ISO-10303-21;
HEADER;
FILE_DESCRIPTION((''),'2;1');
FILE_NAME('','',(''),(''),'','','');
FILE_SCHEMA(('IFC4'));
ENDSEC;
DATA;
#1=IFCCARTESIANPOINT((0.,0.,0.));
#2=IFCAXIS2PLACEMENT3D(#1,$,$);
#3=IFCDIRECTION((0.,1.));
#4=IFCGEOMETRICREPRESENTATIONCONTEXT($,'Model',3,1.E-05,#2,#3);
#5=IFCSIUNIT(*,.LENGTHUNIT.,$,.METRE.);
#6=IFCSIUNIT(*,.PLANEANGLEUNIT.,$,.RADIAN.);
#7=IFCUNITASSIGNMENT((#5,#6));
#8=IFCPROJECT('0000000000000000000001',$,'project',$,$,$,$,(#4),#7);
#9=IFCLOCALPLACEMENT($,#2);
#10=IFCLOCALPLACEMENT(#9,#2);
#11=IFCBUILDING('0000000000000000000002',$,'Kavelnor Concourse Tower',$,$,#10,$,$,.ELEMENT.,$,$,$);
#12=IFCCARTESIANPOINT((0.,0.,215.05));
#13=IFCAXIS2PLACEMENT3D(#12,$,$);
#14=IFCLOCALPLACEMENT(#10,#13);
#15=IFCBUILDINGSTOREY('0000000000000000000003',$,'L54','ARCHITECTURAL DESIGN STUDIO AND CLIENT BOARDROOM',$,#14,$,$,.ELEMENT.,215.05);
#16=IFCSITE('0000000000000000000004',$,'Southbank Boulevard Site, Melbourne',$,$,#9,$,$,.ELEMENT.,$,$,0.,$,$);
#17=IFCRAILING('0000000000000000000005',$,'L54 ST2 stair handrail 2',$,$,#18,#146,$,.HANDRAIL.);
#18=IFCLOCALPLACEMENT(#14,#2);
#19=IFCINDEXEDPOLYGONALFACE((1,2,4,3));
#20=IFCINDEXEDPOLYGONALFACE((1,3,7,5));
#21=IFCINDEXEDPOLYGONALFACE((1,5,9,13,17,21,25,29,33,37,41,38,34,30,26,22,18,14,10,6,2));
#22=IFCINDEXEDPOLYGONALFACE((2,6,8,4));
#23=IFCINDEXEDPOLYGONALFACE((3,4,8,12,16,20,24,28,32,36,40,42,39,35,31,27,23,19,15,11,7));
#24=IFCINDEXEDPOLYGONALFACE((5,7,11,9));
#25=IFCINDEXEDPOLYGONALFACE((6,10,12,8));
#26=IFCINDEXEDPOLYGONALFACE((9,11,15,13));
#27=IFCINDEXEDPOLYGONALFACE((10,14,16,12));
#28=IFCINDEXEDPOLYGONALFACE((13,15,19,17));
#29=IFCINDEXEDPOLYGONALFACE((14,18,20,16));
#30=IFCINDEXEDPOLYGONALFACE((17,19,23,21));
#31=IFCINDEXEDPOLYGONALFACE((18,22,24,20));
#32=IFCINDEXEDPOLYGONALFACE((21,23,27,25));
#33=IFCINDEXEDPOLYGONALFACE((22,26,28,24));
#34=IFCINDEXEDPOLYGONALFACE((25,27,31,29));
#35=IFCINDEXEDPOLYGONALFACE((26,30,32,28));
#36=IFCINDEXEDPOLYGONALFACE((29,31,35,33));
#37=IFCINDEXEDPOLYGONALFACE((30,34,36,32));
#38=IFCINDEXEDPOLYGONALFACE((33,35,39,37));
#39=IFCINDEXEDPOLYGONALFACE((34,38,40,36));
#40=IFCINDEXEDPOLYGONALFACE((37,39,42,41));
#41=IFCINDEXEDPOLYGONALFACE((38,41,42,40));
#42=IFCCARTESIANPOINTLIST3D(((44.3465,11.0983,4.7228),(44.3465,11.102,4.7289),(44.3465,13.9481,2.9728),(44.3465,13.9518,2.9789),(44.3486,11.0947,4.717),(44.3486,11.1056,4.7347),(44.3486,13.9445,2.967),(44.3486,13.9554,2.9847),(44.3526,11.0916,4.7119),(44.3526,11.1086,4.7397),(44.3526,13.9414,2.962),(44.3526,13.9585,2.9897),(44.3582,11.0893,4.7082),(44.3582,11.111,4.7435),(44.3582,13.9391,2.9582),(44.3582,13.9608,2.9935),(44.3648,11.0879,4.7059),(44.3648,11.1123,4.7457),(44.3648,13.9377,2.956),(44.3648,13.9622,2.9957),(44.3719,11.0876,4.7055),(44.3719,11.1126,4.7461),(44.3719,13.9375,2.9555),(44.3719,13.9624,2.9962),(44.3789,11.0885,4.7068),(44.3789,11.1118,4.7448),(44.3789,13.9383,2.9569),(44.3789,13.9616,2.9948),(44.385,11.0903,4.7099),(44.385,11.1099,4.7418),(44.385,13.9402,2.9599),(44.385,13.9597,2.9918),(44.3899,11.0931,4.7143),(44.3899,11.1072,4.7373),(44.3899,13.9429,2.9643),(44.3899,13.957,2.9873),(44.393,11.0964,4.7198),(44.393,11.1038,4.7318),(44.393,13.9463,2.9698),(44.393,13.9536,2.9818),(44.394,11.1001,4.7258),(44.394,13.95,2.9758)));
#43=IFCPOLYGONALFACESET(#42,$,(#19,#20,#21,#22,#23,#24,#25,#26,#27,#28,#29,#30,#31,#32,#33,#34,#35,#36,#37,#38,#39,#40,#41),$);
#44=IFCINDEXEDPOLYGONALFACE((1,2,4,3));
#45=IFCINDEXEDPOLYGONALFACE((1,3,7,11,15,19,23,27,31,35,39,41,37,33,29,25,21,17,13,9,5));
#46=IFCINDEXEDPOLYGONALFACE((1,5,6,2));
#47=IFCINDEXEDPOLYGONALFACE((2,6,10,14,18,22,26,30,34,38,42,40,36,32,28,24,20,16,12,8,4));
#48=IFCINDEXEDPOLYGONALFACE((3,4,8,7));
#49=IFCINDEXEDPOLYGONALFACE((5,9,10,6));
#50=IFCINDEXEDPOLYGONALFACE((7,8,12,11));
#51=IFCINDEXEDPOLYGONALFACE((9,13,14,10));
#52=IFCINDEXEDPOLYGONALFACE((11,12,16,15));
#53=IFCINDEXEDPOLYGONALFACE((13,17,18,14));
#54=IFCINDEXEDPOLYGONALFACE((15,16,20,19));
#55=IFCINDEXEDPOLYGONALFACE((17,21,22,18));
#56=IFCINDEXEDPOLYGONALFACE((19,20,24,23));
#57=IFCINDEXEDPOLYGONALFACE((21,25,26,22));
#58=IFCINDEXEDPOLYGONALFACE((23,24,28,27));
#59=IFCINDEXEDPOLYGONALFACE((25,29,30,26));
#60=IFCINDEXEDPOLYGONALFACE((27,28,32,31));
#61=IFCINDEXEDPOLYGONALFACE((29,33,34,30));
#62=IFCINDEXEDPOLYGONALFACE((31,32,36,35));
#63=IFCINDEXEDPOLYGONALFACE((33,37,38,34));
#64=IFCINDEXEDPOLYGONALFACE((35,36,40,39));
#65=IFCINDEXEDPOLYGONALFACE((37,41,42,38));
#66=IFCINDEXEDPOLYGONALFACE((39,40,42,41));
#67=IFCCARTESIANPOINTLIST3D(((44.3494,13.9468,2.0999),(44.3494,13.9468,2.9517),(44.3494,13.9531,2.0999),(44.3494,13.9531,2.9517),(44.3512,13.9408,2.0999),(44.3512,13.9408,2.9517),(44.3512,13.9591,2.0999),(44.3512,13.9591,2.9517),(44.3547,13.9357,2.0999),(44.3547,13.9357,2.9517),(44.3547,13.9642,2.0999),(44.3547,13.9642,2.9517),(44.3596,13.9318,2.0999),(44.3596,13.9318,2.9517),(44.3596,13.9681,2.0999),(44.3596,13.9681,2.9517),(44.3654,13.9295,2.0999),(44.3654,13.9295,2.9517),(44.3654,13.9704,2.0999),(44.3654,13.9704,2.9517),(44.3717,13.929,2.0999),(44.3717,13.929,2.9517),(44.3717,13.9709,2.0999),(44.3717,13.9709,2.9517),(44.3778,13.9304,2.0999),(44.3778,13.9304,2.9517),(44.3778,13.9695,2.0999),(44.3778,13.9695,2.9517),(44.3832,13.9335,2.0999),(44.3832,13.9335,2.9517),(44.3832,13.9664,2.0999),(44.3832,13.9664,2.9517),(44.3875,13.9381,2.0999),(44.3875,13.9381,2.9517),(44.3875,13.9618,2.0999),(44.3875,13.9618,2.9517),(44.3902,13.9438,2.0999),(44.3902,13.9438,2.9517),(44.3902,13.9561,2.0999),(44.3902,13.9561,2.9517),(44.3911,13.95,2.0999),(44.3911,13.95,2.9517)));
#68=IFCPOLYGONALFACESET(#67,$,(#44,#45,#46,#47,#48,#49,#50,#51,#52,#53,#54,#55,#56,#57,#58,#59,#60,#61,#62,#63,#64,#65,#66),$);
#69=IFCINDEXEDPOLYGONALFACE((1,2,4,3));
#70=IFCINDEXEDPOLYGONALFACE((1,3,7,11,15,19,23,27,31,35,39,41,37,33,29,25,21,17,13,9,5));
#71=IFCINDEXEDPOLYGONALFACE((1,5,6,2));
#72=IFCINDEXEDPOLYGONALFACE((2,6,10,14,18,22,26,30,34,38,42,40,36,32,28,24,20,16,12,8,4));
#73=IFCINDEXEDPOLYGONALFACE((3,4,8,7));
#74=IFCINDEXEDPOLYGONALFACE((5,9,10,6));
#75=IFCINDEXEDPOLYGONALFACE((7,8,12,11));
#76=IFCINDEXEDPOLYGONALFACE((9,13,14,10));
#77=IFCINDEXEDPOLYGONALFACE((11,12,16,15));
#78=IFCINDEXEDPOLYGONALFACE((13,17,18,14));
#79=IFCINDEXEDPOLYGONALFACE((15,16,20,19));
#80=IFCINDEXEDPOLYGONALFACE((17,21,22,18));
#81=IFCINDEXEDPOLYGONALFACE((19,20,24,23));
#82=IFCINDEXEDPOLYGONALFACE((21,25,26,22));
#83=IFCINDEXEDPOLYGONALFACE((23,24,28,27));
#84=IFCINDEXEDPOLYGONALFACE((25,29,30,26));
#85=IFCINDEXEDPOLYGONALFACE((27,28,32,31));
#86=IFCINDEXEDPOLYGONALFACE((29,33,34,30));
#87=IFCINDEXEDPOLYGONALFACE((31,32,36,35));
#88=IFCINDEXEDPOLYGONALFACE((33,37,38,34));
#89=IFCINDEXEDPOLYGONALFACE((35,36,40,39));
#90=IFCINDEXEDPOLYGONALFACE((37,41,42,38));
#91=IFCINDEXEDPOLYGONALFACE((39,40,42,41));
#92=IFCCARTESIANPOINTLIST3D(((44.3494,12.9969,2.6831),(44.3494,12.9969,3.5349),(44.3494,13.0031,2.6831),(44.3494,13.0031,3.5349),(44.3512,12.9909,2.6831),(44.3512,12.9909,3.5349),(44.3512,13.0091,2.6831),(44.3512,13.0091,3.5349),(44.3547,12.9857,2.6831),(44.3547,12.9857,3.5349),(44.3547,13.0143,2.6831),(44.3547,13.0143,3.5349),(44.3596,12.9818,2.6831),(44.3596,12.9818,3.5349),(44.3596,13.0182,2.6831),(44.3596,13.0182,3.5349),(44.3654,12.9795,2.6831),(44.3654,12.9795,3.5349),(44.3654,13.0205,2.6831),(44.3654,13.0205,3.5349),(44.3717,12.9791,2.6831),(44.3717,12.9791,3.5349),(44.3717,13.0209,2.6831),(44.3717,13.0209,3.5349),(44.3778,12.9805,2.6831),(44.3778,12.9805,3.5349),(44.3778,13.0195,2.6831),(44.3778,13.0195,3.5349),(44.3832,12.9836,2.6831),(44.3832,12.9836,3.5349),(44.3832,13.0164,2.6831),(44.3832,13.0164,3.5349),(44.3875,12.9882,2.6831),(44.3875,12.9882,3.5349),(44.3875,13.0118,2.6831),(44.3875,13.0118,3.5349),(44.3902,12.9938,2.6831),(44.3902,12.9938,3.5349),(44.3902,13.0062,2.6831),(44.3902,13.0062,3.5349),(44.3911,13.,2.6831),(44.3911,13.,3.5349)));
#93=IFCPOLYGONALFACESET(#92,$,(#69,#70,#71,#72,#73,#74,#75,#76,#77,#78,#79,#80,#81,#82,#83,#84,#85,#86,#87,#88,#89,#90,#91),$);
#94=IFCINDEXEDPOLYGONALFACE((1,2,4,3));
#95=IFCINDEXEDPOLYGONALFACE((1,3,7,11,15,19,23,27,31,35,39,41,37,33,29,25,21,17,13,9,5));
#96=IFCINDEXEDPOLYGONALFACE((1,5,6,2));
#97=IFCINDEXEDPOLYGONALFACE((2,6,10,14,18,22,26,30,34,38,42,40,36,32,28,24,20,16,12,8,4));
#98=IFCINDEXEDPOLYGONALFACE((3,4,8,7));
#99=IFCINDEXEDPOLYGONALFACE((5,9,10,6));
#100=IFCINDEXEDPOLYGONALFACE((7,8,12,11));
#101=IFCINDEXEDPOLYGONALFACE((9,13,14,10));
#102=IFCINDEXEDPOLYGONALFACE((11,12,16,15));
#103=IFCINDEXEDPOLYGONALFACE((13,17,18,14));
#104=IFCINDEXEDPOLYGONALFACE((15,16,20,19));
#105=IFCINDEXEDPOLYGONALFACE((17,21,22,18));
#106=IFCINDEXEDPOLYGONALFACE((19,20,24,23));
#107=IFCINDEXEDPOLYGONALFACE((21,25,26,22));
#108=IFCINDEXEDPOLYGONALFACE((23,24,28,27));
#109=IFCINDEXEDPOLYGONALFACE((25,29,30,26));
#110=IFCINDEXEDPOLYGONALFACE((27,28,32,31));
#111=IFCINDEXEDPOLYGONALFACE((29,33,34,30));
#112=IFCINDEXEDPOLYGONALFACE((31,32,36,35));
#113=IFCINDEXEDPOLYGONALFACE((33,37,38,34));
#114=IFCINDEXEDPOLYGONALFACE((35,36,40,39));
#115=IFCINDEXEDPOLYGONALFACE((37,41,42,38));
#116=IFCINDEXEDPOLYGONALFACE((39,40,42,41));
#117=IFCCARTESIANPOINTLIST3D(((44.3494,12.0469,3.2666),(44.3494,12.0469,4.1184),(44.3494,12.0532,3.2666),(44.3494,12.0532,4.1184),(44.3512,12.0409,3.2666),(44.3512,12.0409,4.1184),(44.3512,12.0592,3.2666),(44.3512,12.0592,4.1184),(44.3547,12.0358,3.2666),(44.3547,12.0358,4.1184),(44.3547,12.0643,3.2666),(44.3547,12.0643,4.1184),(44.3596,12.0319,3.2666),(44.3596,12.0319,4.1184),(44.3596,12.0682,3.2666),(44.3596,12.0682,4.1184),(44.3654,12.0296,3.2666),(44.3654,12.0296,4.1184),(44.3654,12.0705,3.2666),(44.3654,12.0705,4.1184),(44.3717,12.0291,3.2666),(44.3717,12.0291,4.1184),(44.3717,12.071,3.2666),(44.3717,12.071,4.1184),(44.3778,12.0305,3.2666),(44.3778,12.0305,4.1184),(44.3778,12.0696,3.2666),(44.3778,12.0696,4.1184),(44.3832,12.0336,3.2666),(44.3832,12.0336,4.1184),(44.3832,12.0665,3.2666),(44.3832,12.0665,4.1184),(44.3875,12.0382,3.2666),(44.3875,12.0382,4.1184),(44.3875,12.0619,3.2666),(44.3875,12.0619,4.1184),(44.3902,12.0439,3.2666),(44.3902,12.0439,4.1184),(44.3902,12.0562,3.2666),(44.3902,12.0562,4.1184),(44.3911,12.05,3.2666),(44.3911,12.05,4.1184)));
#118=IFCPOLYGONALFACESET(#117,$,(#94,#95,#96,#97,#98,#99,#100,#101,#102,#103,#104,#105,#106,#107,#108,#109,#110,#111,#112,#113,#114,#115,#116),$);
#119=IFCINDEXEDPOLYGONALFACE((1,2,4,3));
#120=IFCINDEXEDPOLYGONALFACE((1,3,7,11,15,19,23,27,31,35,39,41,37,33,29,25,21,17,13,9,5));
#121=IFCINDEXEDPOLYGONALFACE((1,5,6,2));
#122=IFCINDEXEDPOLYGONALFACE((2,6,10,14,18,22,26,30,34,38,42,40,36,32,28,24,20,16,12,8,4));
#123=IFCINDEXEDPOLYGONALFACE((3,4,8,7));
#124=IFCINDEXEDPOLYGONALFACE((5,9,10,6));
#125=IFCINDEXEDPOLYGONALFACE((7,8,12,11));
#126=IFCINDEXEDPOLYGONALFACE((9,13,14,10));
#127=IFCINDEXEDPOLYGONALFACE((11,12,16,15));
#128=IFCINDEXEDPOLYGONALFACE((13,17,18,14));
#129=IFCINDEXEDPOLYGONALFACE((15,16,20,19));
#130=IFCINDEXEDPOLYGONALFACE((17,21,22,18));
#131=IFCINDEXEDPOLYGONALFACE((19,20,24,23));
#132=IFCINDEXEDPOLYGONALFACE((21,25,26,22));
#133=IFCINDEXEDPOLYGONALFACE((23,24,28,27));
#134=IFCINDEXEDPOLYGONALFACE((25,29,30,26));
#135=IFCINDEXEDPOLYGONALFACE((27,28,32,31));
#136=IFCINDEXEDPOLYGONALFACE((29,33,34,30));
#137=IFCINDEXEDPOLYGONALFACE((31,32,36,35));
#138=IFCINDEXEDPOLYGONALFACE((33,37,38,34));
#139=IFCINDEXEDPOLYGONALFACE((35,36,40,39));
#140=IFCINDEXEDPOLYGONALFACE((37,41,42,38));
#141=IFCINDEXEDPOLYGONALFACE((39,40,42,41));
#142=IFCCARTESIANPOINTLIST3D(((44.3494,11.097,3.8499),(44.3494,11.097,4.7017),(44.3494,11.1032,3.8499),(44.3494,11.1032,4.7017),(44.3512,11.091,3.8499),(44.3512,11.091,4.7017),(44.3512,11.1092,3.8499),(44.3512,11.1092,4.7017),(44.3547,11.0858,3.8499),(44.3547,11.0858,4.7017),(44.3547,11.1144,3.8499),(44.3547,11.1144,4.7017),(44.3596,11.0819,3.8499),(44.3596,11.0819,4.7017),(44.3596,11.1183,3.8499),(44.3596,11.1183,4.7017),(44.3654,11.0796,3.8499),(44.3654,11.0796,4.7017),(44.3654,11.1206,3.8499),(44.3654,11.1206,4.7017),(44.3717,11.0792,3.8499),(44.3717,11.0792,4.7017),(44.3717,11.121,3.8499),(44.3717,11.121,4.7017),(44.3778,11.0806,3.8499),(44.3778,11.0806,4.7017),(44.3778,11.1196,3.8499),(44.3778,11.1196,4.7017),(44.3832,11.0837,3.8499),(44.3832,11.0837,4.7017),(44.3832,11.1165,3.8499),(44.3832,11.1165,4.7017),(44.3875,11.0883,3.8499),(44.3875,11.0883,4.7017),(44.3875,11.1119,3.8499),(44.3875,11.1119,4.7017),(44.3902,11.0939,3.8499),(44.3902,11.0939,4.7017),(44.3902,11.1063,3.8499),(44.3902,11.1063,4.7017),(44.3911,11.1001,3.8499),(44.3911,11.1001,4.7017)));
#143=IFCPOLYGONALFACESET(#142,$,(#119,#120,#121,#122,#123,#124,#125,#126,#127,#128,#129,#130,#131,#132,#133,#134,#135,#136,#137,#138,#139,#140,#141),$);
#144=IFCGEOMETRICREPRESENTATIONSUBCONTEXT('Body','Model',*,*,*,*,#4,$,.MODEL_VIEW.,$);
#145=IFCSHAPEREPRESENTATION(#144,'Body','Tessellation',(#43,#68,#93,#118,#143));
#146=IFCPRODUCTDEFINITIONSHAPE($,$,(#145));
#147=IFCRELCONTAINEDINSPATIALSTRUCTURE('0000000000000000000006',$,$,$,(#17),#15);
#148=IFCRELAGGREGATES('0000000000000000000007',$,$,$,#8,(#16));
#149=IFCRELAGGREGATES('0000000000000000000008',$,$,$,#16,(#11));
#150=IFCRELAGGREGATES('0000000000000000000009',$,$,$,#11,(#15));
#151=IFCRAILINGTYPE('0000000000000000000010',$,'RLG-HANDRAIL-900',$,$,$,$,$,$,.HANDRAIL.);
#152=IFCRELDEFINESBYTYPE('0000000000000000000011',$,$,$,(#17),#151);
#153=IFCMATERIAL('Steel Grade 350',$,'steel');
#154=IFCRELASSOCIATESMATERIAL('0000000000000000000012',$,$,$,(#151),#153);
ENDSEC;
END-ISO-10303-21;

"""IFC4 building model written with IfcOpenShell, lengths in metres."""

from ifc_helpers import new_model, si_unit, direction, frame, origin, origin_2d, place, context, subcontext, project, spatial, circle, extrude, material, type_object, element, save


model = new_model("IFC4")

# Units and contexts
model_context = context("Model", 3, precision=1e-05, world=origin(), true_north=direction((0.0, 1.0)))
body_context = subcontext(model_context, "Body", "Model", "MODEL_VIEW")
ifc_project = project(units=[si_unit("LENGTHUNIT", "METRE"), si_unit("PLANEANGLEUNIT", "RADIAN")], contexts=[model_context])

# Site, building, storey
site_placement = place(None, origin())
site = spatial("IfcSite", under=ifc_project, at=site_placement, Name="Southbank Boulevard Site, Melbourne", CompositionType="ELEMENT", RefElevation=0.0)
building_placement = place(site_placement, origin())
building = spatial("IfcBuilding", under=site, at=building_placement, Name="Kavelnor Concourse Tower", CompositionType="ELEMENT")
storey_placement = place(building_placement, frame((0.0, 0.0, 215.05)))
storey = spatial("IfcBuildingStorey", under=building, at=storey_placement, Name="L54", Description="ARCHITECTURAL DESIGN STUDIO AND CLIENT BOARDROOM", CompositionType="ELEMENT", Elevation=215.05)

# Shared definitions
ifc_material_1 = material(Name="Steel Grade 350", Category="steel")

# Railing
railing_type_1 = type_object("IfcRailingType", Name="RLG-HANDRAIL-900", PredefinedType="HANDRAIL", material=ifc_material_1)
railing_1_placement = place(storey_placement, frame((44.3701, 13.95, 2.0999)))
element("IfcRailing", 1, at=railing_1_placement, inside=storey, type_object=railing_type_1, Name="L54 ST2 stair handrail 2", PredefinedType="HANDRAIL", context=body_context, shape_type="SweptSolid", body=[
    extrude(circle(Radius=0.0239, at=origin_2d()), frame((0.0, 0.0, 0.876), z_axis=(0.0, -0.852159, 0.523283), x_axis=(1.0, 0.0, 0.0)), (0.0, 0.0, 1.0), 3.3442),
    extrude(circle(Radius=0.021, at=origin_2d()), origin(), (0.0, 0.0, 1.0), 0.8518),
    extrude(circle(Radius=0.021, at=origin_2d()), frame((0.0, -0.95, 0.5833)), (0.0, 0.0, 1.0), 0.8518),
    extrude(circle(Radius=0.021, at=origin_2d()), frame((0.0, -1.8999, 1.1667)), (0.0, 0.0, 1.0), 0.8518),
    extrude(circle(Radius=0.021, at=origin_2d()), frame((0.0, -2.8499, 1.75)), (0.0, 0.0, 1.0), 0.8518),
])

save(model, "model.ifc")
